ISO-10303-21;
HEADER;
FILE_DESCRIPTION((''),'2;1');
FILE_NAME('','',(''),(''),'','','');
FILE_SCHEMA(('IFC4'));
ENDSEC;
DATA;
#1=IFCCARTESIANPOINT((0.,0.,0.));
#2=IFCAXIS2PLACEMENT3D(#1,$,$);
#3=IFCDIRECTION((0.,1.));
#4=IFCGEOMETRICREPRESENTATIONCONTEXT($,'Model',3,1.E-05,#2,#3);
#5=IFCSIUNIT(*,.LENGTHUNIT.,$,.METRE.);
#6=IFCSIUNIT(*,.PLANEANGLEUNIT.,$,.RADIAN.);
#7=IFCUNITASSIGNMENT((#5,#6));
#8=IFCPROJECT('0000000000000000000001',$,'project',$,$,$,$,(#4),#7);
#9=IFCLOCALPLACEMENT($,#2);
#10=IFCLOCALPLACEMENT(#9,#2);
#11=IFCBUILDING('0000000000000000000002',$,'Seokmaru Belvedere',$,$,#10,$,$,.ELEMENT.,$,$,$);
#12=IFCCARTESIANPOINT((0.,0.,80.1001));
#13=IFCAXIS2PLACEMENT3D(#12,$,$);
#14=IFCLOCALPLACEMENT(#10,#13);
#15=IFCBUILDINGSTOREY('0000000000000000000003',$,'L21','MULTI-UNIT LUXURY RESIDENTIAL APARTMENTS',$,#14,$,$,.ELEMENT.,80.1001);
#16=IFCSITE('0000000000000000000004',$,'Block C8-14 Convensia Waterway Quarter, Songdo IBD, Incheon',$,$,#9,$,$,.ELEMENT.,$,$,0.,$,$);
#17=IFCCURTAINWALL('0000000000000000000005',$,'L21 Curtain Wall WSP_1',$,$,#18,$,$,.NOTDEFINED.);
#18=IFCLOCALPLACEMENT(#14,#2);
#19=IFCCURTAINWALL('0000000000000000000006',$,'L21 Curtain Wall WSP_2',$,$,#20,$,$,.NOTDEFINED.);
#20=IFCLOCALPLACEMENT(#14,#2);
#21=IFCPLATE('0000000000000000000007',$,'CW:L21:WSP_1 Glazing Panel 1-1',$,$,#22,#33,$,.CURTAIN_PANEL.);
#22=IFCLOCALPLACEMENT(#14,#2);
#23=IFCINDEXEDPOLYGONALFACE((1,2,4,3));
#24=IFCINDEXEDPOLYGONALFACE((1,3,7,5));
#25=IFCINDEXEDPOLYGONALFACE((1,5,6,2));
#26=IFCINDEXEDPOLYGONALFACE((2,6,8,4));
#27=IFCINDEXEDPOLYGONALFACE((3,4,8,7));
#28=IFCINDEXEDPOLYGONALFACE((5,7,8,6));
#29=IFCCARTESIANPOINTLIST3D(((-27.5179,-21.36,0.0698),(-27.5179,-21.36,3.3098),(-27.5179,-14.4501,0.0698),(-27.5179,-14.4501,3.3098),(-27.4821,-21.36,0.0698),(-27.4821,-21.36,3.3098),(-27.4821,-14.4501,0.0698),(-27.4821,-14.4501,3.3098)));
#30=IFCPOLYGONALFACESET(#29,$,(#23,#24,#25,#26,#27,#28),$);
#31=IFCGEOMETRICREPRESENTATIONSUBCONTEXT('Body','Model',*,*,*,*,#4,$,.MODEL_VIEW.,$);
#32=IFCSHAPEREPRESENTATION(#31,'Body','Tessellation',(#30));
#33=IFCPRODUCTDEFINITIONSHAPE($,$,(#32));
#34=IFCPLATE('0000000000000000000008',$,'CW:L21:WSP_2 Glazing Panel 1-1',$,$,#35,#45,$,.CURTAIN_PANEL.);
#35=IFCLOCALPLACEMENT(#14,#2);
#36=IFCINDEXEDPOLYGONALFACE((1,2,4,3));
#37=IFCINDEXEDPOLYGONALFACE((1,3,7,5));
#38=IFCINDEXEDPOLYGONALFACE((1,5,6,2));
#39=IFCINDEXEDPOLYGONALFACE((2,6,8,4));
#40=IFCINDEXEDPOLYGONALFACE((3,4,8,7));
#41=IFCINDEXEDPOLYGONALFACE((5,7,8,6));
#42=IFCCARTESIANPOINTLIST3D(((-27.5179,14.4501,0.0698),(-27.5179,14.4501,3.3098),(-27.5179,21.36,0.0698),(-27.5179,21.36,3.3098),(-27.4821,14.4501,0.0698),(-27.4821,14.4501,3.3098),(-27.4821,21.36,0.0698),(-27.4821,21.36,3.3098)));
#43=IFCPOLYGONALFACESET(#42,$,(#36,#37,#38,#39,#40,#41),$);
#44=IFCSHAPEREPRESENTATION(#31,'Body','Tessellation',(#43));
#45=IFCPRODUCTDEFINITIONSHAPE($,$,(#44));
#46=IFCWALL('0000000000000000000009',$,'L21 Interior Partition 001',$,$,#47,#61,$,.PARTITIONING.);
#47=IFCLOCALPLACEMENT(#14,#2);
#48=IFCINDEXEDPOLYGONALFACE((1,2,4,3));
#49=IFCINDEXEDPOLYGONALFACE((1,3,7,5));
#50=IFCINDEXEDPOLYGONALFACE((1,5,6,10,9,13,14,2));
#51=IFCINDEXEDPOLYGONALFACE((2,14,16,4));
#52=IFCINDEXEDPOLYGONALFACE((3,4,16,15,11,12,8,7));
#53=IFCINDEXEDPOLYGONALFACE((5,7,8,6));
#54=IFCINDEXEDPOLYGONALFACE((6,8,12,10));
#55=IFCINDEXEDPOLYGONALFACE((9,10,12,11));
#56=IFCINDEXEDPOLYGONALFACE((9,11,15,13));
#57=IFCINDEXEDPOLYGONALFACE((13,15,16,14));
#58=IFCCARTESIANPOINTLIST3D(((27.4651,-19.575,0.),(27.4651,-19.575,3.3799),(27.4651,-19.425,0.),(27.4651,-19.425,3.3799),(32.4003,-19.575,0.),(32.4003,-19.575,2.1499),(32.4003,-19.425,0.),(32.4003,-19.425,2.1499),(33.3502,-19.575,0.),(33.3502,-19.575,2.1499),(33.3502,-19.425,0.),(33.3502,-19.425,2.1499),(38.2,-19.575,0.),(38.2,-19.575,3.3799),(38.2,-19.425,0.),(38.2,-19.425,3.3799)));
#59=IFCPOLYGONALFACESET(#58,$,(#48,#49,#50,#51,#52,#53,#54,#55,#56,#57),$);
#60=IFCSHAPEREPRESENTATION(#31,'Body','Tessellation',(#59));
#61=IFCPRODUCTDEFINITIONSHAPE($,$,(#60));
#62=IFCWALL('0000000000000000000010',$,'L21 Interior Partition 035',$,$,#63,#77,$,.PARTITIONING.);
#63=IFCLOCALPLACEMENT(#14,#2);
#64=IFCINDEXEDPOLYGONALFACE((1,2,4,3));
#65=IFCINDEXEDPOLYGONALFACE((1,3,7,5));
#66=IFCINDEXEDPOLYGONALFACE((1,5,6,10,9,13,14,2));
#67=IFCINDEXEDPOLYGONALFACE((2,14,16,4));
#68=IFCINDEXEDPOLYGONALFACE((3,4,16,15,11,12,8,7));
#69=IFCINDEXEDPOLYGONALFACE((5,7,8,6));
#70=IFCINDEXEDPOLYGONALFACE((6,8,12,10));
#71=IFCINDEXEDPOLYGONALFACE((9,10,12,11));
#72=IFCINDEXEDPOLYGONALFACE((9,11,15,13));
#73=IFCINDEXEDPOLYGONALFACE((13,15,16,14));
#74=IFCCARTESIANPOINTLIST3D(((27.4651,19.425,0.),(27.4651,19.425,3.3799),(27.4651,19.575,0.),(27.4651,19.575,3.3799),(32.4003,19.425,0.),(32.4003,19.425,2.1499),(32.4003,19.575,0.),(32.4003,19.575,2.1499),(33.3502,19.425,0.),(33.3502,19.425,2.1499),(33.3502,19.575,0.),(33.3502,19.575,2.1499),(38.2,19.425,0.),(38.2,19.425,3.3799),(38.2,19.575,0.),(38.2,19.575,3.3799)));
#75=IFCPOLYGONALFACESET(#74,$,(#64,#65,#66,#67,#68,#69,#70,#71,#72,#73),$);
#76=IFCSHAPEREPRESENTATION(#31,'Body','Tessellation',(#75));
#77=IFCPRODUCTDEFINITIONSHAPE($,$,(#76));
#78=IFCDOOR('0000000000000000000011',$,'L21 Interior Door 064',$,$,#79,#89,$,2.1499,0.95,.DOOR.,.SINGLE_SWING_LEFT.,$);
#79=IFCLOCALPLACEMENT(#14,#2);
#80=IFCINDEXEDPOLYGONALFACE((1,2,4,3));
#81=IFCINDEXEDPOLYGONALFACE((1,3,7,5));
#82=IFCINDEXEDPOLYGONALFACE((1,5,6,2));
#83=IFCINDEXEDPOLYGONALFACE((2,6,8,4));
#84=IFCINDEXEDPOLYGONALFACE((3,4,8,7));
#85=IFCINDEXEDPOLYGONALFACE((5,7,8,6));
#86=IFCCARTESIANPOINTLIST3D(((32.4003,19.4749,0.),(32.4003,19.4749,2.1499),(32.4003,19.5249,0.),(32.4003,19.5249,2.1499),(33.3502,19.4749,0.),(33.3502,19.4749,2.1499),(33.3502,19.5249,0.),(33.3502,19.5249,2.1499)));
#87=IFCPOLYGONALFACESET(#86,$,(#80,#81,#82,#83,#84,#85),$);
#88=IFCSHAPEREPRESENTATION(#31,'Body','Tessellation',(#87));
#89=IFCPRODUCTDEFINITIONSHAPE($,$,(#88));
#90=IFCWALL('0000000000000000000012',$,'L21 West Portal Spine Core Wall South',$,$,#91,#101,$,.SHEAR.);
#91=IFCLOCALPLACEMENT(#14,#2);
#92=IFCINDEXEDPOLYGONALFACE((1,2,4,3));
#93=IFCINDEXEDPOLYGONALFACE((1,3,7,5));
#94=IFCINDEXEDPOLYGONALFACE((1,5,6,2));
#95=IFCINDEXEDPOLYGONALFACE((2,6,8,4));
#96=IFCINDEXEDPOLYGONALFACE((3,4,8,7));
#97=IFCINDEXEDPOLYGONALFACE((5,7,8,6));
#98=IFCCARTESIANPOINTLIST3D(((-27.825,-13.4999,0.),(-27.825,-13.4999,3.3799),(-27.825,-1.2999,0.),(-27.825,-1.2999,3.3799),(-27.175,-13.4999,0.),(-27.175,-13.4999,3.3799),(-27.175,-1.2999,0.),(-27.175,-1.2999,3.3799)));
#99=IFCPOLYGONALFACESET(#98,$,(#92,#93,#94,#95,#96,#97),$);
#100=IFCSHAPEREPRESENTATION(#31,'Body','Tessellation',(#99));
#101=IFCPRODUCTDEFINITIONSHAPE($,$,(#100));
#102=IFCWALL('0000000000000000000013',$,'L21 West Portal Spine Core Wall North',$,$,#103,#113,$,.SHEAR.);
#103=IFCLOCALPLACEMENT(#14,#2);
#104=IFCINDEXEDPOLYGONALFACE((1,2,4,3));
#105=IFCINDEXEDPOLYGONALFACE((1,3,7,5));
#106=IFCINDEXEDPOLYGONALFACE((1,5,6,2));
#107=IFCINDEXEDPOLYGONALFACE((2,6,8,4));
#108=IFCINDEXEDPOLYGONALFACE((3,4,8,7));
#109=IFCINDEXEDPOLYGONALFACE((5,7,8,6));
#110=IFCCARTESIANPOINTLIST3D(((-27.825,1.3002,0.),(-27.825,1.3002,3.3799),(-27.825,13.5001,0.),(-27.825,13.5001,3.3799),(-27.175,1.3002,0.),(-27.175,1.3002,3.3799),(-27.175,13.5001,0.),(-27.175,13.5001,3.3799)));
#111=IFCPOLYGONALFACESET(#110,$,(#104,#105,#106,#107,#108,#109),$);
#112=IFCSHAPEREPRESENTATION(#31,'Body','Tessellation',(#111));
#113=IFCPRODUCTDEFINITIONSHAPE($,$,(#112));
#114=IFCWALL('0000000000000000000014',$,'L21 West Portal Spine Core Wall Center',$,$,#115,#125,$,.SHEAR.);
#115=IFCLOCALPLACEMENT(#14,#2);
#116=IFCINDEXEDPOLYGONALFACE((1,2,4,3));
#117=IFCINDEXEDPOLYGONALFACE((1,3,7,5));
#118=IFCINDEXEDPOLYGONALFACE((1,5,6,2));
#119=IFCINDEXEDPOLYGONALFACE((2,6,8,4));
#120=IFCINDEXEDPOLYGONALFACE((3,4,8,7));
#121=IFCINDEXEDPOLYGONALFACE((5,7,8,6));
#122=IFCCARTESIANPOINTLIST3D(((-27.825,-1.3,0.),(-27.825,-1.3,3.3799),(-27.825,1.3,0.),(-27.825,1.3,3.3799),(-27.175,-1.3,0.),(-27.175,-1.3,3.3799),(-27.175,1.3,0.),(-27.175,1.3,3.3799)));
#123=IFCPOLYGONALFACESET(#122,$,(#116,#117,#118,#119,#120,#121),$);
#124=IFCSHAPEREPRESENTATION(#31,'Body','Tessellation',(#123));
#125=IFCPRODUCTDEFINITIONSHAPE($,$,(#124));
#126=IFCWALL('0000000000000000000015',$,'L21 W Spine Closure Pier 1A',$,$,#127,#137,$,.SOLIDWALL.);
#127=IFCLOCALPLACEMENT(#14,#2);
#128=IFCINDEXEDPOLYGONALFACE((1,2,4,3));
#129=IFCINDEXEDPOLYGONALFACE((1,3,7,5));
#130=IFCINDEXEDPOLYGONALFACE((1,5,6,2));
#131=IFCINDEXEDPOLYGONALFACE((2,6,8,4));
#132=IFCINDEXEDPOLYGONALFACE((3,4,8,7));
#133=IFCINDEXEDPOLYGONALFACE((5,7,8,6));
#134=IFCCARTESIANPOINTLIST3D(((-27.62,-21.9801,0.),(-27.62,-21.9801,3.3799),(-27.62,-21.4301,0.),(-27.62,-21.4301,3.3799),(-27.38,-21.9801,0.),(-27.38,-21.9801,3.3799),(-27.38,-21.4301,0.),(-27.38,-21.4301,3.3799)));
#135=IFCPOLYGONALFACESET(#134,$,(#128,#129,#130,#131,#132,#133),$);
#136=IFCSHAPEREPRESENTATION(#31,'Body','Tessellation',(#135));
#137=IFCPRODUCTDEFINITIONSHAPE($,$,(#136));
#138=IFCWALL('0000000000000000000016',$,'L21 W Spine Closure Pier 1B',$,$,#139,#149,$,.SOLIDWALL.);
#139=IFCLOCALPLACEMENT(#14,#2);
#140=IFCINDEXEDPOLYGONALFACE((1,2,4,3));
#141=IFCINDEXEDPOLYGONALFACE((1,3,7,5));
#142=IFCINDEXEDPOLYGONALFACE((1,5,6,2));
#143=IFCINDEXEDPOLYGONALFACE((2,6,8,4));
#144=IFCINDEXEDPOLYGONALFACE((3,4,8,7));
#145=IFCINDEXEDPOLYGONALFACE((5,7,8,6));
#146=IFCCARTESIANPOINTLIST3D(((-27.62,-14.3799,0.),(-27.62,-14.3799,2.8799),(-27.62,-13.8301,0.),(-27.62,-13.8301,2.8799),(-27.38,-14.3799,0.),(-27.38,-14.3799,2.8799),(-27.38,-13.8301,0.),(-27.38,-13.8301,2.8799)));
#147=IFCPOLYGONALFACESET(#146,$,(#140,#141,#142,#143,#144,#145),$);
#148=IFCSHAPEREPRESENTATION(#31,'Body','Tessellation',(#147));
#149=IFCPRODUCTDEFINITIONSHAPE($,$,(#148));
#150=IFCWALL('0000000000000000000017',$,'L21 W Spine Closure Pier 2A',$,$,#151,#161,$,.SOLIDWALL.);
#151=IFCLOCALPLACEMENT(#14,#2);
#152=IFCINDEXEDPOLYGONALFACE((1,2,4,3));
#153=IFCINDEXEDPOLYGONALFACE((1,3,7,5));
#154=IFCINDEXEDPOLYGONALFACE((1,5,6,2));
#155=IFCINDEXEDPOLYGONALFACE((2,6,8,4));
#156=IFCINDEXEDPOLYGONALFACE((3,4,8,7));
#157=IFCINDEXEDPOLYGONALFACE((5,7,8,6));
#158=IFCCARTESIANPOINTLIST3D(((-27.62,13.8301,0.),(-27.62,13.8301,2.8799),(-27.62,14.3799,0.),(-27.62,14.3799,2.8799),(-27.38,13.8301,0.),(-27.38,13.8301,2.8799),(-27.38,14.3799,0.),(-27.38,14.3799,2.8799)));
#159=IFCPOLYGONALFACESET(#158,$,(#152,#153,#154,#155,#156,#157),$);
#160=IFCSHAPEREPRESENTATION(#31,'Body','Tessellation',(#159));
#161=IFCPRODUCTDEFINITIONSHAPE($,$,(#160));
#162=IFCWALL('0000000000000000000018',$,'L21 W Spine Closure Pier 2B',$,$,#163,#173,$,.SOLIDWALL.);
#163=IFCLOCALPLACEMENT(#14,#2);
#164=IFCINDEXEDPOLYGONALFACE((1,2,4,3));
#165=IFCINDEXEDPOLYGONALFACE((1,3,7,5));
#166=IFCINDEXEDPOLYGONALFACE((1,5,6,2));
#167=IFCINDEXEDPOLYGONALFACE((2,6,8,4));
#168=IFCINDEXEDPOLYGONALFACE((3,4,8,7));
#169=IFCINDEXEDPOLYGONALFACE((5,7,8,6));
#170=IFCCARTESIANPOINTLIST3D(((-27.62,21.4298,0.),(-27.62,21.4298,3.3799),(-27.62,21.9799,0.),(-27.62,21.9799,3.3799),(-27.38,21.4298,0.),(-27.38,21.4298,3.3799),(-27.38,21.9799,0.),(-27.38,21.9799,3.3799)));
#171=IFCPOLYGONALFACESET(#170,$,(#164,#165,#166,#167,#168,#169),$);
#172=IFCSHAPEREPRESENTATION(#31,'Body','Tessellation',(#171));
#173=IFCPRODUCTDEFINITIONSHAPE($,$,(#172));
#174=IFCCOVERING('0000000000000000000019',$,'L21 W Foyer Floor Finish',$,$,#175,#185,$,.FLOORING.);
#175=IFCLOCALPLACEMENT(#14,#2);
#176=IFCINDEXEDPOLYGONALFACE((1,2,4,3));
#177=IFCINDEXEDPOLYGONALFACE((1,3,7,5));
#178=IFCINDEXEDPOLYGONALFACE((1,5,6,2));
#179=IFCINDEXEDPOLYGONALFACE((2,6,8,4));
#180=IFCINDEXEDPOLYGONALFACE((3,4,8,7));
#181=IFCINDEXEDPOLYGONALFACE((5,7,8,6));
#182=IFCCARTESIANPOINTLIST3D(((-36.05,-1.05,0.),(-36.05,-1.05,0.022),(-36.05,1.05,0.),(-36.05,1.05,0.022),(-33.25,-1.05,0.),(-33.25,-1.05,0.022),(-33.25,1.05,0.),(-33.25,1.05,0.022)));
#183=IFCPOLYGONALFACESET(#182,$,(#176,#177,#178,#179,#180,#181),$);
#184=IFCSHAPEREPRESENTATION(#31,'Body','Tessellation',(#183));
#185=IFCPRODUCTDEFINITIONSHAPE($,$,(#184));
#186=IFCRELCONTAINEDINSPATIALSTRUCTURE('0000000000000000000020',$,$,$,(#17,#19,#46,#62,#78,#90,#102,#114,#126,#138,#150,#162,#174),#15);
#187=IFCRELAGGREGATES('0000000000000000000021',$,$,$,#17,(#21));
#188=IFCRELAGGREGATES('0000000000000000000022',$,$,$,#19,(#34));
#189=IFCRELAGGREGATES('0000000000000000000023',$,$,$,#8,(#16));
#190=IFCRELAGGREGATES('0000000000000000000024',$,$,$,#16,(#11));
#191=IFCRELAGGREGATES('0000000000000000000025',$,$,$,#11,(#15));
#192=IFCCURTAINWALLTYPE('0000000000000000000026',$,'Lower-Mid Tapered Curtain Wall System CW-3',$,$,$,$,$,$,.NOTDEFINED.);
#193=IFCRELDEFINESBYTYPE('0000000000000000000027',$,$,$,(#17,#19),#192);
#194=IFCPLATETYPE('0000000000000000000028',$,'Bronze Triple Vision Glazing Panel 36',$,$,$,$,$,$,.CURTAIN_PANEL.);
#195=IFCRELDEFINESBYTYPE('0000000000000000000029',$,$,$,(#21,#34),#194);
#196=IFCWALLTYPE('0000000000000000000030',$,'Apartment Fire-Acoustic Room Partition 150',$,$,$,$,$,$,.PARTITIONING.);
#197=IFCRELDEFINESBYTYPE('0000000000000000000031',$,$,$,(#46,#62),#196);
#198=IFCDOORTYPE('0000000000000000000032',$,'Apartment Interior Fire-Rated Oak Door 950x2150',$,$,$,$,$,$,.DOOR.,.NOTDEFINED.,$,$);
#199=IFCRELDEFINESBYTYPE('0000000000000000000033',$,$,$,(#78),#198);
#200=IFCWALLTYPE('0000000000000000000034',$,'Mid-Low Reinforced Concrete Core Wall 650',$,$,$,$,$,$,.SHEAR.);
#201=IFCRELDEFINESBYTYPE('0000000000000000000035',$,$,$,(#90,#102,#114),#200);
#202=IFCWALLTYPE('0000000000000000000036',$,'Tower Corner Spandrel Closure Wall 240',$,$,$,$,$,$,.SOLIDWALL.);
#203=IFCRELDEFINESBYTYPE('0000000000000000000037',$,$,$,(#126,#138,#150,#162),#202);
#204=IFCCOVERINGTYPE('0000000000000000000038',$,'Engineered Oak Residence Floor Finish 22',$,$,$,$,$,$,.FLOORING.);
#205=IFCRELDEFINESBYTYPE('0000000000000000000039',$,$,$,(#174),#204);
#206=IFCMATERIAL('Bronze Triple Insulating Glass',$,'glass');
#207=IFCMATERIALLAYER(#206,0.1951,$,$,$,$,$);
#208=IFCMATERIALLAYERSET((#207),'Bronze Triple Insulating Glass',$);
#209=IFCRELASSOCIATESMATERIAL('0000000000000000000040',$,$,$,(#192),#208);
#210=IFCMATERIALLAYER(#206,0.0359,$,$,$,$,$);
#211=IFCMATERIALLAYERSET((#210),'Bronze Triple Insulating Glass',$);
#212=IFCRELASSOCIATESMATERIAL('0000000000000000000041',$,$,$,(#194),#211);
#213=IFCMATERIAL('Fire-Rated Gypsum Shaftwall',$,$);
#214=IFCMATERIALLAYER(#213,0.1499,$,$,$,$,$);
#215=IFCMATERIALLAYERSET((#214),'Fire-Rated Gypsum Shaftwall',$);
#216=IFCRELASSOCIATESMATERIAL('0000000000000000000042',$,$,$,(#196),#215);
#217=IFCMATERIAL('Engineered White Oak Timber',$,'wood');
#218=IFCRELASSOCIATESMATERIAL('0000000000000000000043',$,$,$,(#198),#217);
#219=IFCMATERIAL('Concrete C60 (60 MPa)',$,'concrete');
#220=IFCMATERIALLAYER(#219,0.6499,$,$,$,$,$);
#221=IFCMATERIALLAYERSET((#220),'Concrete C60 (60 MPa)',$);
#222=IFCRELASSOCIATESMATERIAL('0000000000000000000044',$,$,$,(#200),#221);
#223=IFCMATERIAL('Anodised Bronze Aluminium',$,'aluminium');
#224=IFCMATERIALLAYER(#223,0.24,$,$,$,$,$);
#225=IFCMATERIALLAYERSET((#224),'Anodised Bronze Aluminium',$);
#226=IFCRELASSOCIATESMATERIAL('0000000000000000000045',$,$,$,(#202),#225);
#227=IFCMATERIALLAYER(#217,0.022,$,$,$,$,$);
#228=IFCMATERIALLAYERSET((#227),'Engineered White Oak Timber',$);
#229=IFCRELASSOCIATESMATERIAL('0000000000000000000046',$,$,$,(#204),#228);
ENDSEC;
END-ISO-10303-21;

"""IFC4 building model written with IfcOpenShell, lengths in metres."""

from ifc_helpers import new_model, si_unit, direction, frame, frame_2d, origin, origin_2d, place, context, subcontext, project, spatial, polyline, rectangle, outline, extrude, source, transform, mapped, material, layer, layer_set, type_object, type_shapes, element, fill, aggregate, save


model = new_model("IFC4")

# Units and contexts
model_context = context("Model", 3, precision=1e-05, world=origin(), true_north=direction((0.0, 1.0)))
body_context = subcontext(model_context, "Body", "Model", "MODEL_VIEW")
ifc_project = project(units=[si_unit("LENGTHUNIT", "METRE"), si_unit("PLANEANGLEUNIT", "RADIAN")], contexts=[model_context])

# Site, building, storey
site_placement = place(None, origin())
site = spatial("IfcSite", under=ifc_project, at=site_placement, Name="Block C8-14 Convensia Waterway Quarter, Songdo IBD, Incheon", CompositionType="ELEMENT", RefElevation=0.0)
building_placement = place(site_placement, origin())
building = spatial("IfcBuilding", under=site, at=building_placement, Name="Seokmaru Belvedere", CompositionType="ELEMENT")
storey_placement = place(building_placement, frame((0.0, 0.0, 80.1001)))
storey = spatial("IfcBuildingStorey", under=building, at=storey_placement, Name="L21", Description="MULTI-UNIT LUXURY RESIDENTIAL APARTMENTS", CompositionType="ELEMENT", Elevation=80.1001)

# Curtain walls
ifc_material_1 = material(Name="Bronze Triple Insulating Glass", Category="glass")
ifc_layer_1 = layer(ifc_material_1, 0.1951)
ifc_layer_set_1 = layer_set([ifc_layer_1], Name="Bronze Triple Insulating Glass")
curtain_wall_type = type_object("IfcCurtainWallType", Name="Lower-Mid Tapered Curtain Wall System CW-3", PredefinedType="NOTDEFINED", material=ifc_layer_set_1)
curtain_wall_1_placement = place(storey_placement, origin())
curtain_wall_1 = element("IfcCurtainWall", 1, at=curtain_wall_1_placement, inside=storey, type_object=curtain_wall_type, Name="L21 Curtain Wall WSP_1", PredefinedType="NOTDEFINED")
ifc_material_2 = material(Name="Anodised Bronze Aluminium", Category="aluminium")
curtain_wall_2_placement = place(storey_placement, origin())
curtain_wall_2 = element("IfcCurtainWall", 2, at=curtain_wall_2_placement, inside=storey, type_object=curtain_wall_type, Name="L21 Curtain Wall WSP_2", PredefinedType="NOTDEFINED")

# Plates
ifc_layer_2 = layer(ifc_material_1, 0.0359)
ifc_layer_set_2 = layer_set([ifc_layer_2], Name="Bronze Triple Insulating Glass")
plate_type = type_object("IfcPlateType", Name="Bronze Triple Vision Glazing Panel 36", PredefinedType="CURTAIN_PANEL", material=ifc_layer_set_2)
shared_shape_1 = source(origin(), body_context, "Body", "SweptSolid", [
    extrude(rectangle(XDim=6.9099, YDim=0.0359, at=origin_2d()), origin(), (0.0, 0.0, 1.0), 3.24),
])
type_shapes(plate_type, [shared_shape_1])
plate_1_placement = place(storey_placement, frame((-27.5, -17.905, 0.0698), z_axis=(0.0, 0.0, 1.0), x_axis=(0.0, 1.0, 0.0)))
plate_1 = element("IfcPlate", 3, at=plate_1_placement, type_object=plate_type, Name="CW:L21:WSP_1 Glazing Panel 1-1", PredefinedType="CURTAIN_PANEL", context=body_context, shape_type="MappedRepresentation", body=[
    mapped(shared_shape_1, transform((0.0, 0.0, 0.0), scale=1.0)),
])
aggregate(curtain_wall_1, [plate_1])
plate_2_placement = place(storey_placement, frame((-27.5, 17.905, 0.0698), z_axis=(0.0, 0.0, 1.0), x_axis=(0.0, 1.0, 0.0)))
plate_2 = element("IfcPlate", 4, at=plate_2_placement, type_object=plate_type, Name="CW:L21:WSP_2 Glazing Panel 1-1", PredefinedType="CURTAIN_PANEL", context=body_context, shape_type="MappedRepresentation", body=[
    mapped(shared_shape_1, transform((0.0, 0.0, 0.0), scale=1.0)),
])
aggregate(curtain_wall_2, [plate_2])

# Wall, opening
ifc_material_3 = material(Name="Fire-Rated Gypsum Shaftwall")
ifc_layer_3 = layer(ifc_material_3, 0.1499)
ifc_layer_set_3 = layer_set([ifc_layer_3], Name="Fire-Rated Gypsum Shaftwall")
wall_type_1 = type_object("IfcWallType", Name="Apartment Fire-Acoustic Room Partition 150", PredefinedType="PARTITIONING", material=ifc_layer_set_3)
wall_1_placement = place(storey_placement, frame((27.4651, -19.5, 0.0), z_axis=(0.0, 0.0, 1.0), x_axis=(1.0, 0.0, 0.0)))
wall_1 = element("IfcWall", 5, at=wall_1_placement, inside=storey, type_object=wall_type_1, Name="L21 Interior Partition 001", PredefinedType="PARTITIONING", context=body_context, shape_type="SweptSolid", body=[
    extrude(rectangle(XDim=10.7349, YDim=0.1499, at=frame_2d((5.3674, 0.0))), origin(), (0.0, 0.0, 1.0), 3.3799),
])
opening_1_placement = place(wall_1_placement, frame((4.9351, 0.0, 0.0)))
element("IfcOpeningElement", 6, at=opening_1_placement, cuts=wall_1, PredefinedType="OPENING", context=body_context, shape_type="SweptSolid", body=[
    extrude(rectangle(XDim=0.95, YDim=2.1499, at=frame_2d((0.4751, 1.075))), frame((0.0, 0.085, 0.0), z_axis=(0.0, -1.0, 0.0), x_axis=(1.0, 0.0, 0.0)), (0.0, 0.0, 1.0), 0.1699),
])

# Wall, opening, door
wall_2_placement = place(storey_placement, frame((27.4651, 19.5, 0.0), z_axis=(0.0, 0.0, 1.0), x_axis=(1.0, 0.0, 0.0)))
wall_2 = element("IfcWall", 7, at=wall_2_placement, inside=storey, type_object=wall_type_1, Name="L21 Interior Partition 035", PredefinedType="PARTITIONING", context=body_context, shape_type="SweptSolid", body=[
    extrude(rectangle(XDim=10.7349, YDim=0.1499, at=frame_2d((5.3674, 0.0))), origin(), (0.0, 0.0, 1.0), 3.3799),
])
opening_2_placement = place(wall_2_placement, frame((4.9351, 0.0, 0.0)))
opening_2 = element("IfcOpeningElement", 8, at=opening_2_placement, cuts=wall_2, PredefinedType="OPENING", context=body_context, shape_type="SweptSolid", body=[
    extrude(rectangle(XDim=0.95, YDim=2.1499, at=frame_2d((0.4751, 1.075))), frame((0.0, 0.085, 0.0), z_axis=(0.0, -1.0, 0.0), x_axis=(1.0, 0.0, 0.0)), (0.0, 0.0, 1.0), 0.1699),
])
ifc_material_4 = material(Name="Engineered White Oak Timber", Category="wood")
door_type = type_object("IfcDoorType", Name="Apartment Interior Fire-Rated Oak Door 950x2150", OperationType="NOTDEFINED", PredefinedType="DOOR", material=ifc_material_4)
shared_shape_2 = source(origin(), body_context, "Body", "SweptSolid", [
    extrude(rectangle(XDim=0.95, YDim=2.1499, at=frame_2d((0.4751, 1.075))), frame((0.0, 0.0249, 0.0), z_axis=(0.0, -1.0, 0.0), x_axis=(1.0, 0.0, 0.0)), (0.0, 0.0, 1.0), 0.05),
])
type_shapes(door_type, [shared_shape_2])
door_placement = place(opening_2_placement, origin())
door = element("IfcDoor", 9, at=door_placement, inside=storey, type_object=door_type, Name="L21 Interior Door 064", OperationType="SINGLE_SWING_LEFT", OverallHeight=2.1499, OverallWidth=0.95, PredefinedType="DOOR", context=body_context, shape_type="MappedRepresentation", body=[
    mapped(shared_shape_2, transform((0.0, 0.0, 0.0), scale=1.0)),
])
fill(opening_2, door)

# Walls
ifc_material_5 = material(Name="Concrete C60 (60 MPa)", Category="concrete")
ifc_layer_4 = layer(ifc_material_5, 0.6499)
ifc_layer_set_4 = layer_set([ifc_layer_4], Name="Concrete C60 (60 MPa)")
wall_type_2 = type_object("IfcWallType", Name="Mid-Low Reinforced Concrete Core Wall 650", PredefinedType="SHEAR", material=ifc_layer_set_4)
for number, where, z_axis, x_axis, name in (
    (10, (-27.5, -13.5, 0.0), (0.0, 0.0, 1.0), (0.0, 1.0, 0.0), "L21 West Portal Spine Core Wall South"),
    (11, (-27.5, 1.3, 0.0), (0.0, 0.0, 1.0), (0.0, 1.0, 0.0), "L21 West Portal Spine Core Wall North"),
):
    element("IfcWall", number, at=place(storey_placement, frame(where, z_axis=z_axis, x_axis=x_axis)), inside=storey, type_object=wall_type_2, Name=name, PredefinedType="SHEAR", context=body_context, shape_type="SweptSolid", body=[
        extrude(rectangle(XDim=12.2, YDim=0.6499, at=frame_2d((6.1001, 0.0))), origin(), (0.0, 0.0, 1.0), 3.3799),
    ])
wall_3_placement = place(storey_placement, frame((-27.5, -1.3, 0.0), z_axis=(0.0, 0.0, 1.0), x_axis=(0.0, 1.0, 0.0)))
element("IfcWall", 12, at=wall_3_placement, inside=storey, type_object=wall_type_2, Name="L21 West Portal Spine Core Wall Center", PredefinedType="SHEAR", context=body_context, shape_type="SweptSolid", body=[
    extrude(rectangle(XDim=2.6001, YDim=0.6499, at=frame_2d((1.3, 0.0))), origin(), (0.0, 0.0, 1.0), 3.3799),
])
ifc_layer_5 = layer(ifc_material_2, 0.24)
ifc_layer_set_5 = layer_set([ifc_layer_5], Name="Anodised Bronze Aluminium")
wall_type_3 = type_object("IfcWallType", Name="Tower Corner Spandrel Closure Wall 240", PredefinedType="SOLIDWALL", material=ifc_layer_set_5)
wall_4_placement = place(storey_placement, frame((-27.5, -21.98, 0.0), z_axis=(0.0, 0.0, 1.0), x_axis=(0.0, 1.0, 0.0)))
element("IfcWall", 13, at=wall_4_placement, inside=storey, type_object=wall_type_3, Name="L21 W Spine Closure Pier 1A", PredefinedType="SOLIDWALL", context=body_context, shape_type="SweptSolid", body=[
    extrude(rectangle(XDim=0.55, YDim=0.24, at=frame_2d((0.2749, 0.0))), origin(), (0.0, 0.0, 1.0), 3.3799),
])
for number, where, z_axis, x_axis, name in (
    (14, (-27.5, -14.3799, 0.0), (0.0, 0.0, 1.0), (0.0, 1.0, 0.0), "L21 W Spine Closure Pier 1B"),
    (15, (-27.5, 13.8301, 0.0), (0.0, 0.0, 1.0), (0.0, 1.0, 0.0), "L21 W Spine Closure Pier 2A"),
):
    element("IfcWall", number, at=place(storey_placement, frame(where, z_axis=z_axis, x_axis=x_axis)), inside=storey, type_object=wall_type_3, Name=name, PredefinedType="SOLIDWALL", context=body_context, shape_type="SweptSolid", body=[
        extrude(rectangle(XDim=0.5498, YDim=0.24, at=frame_2d((0.2749, 0.0))), origin(), (0.0, 0.0, 1.0), 2.8799),
    ])
wall_5_placement = place(storey_placement, frame((-27.5, 21.4299, 0.0), z_axis=(0.0, 0.0, 1.0), x_axis=(0.0, 1.0, 0.0)))
element("IfcWall", 16, at=wall_5_placement, inside=storey, type_object=wall_type_3, Name="L21 W Spine Closure Pier 2B", PredefinedType="SOLIDWALL", context=body_context, shape_type="SweptSolid", body=[
    extrude(rectangle(XDim=0.55, YDim=0.24, at=frame_2d((0.2749, 0.0))), origin(), (0.0, 0.0, 1.0), 3.3799),
])

# Covering
ifc_layer_6 = layer(ifc_material_4, 0.022)
ifc_layer_set_6 = layer_set([ifc_layer_6], Name="Engineered White Oak Timber")
covering_type_1 = type_object("IfcCoveringType", Name="Engineered Oak Residence Floor Finish 22", PredefinedType="FLOORING", material=ifc_layer_set_6)
covering_1_placement = place(storey_placement, origin())
element("IfcCovering", 17, at=covering_1_placement, inside=storey, type_object=covering_type_1, Name="L21 W Foyer Floor Finish", PredefinedType="FLOORING", context=body_context, shape_type="SweptSolid", body=[
    extrude(outline(polyline([(-36.05, -1.05), (-33.25, -1.05), (-33.25, 1.05), (-36.05, 1.05), (-36.05, -1.05)])), origin(), (0.0, 0.0, 1.0), 0.022),
])

save(model, "model.ifc")
